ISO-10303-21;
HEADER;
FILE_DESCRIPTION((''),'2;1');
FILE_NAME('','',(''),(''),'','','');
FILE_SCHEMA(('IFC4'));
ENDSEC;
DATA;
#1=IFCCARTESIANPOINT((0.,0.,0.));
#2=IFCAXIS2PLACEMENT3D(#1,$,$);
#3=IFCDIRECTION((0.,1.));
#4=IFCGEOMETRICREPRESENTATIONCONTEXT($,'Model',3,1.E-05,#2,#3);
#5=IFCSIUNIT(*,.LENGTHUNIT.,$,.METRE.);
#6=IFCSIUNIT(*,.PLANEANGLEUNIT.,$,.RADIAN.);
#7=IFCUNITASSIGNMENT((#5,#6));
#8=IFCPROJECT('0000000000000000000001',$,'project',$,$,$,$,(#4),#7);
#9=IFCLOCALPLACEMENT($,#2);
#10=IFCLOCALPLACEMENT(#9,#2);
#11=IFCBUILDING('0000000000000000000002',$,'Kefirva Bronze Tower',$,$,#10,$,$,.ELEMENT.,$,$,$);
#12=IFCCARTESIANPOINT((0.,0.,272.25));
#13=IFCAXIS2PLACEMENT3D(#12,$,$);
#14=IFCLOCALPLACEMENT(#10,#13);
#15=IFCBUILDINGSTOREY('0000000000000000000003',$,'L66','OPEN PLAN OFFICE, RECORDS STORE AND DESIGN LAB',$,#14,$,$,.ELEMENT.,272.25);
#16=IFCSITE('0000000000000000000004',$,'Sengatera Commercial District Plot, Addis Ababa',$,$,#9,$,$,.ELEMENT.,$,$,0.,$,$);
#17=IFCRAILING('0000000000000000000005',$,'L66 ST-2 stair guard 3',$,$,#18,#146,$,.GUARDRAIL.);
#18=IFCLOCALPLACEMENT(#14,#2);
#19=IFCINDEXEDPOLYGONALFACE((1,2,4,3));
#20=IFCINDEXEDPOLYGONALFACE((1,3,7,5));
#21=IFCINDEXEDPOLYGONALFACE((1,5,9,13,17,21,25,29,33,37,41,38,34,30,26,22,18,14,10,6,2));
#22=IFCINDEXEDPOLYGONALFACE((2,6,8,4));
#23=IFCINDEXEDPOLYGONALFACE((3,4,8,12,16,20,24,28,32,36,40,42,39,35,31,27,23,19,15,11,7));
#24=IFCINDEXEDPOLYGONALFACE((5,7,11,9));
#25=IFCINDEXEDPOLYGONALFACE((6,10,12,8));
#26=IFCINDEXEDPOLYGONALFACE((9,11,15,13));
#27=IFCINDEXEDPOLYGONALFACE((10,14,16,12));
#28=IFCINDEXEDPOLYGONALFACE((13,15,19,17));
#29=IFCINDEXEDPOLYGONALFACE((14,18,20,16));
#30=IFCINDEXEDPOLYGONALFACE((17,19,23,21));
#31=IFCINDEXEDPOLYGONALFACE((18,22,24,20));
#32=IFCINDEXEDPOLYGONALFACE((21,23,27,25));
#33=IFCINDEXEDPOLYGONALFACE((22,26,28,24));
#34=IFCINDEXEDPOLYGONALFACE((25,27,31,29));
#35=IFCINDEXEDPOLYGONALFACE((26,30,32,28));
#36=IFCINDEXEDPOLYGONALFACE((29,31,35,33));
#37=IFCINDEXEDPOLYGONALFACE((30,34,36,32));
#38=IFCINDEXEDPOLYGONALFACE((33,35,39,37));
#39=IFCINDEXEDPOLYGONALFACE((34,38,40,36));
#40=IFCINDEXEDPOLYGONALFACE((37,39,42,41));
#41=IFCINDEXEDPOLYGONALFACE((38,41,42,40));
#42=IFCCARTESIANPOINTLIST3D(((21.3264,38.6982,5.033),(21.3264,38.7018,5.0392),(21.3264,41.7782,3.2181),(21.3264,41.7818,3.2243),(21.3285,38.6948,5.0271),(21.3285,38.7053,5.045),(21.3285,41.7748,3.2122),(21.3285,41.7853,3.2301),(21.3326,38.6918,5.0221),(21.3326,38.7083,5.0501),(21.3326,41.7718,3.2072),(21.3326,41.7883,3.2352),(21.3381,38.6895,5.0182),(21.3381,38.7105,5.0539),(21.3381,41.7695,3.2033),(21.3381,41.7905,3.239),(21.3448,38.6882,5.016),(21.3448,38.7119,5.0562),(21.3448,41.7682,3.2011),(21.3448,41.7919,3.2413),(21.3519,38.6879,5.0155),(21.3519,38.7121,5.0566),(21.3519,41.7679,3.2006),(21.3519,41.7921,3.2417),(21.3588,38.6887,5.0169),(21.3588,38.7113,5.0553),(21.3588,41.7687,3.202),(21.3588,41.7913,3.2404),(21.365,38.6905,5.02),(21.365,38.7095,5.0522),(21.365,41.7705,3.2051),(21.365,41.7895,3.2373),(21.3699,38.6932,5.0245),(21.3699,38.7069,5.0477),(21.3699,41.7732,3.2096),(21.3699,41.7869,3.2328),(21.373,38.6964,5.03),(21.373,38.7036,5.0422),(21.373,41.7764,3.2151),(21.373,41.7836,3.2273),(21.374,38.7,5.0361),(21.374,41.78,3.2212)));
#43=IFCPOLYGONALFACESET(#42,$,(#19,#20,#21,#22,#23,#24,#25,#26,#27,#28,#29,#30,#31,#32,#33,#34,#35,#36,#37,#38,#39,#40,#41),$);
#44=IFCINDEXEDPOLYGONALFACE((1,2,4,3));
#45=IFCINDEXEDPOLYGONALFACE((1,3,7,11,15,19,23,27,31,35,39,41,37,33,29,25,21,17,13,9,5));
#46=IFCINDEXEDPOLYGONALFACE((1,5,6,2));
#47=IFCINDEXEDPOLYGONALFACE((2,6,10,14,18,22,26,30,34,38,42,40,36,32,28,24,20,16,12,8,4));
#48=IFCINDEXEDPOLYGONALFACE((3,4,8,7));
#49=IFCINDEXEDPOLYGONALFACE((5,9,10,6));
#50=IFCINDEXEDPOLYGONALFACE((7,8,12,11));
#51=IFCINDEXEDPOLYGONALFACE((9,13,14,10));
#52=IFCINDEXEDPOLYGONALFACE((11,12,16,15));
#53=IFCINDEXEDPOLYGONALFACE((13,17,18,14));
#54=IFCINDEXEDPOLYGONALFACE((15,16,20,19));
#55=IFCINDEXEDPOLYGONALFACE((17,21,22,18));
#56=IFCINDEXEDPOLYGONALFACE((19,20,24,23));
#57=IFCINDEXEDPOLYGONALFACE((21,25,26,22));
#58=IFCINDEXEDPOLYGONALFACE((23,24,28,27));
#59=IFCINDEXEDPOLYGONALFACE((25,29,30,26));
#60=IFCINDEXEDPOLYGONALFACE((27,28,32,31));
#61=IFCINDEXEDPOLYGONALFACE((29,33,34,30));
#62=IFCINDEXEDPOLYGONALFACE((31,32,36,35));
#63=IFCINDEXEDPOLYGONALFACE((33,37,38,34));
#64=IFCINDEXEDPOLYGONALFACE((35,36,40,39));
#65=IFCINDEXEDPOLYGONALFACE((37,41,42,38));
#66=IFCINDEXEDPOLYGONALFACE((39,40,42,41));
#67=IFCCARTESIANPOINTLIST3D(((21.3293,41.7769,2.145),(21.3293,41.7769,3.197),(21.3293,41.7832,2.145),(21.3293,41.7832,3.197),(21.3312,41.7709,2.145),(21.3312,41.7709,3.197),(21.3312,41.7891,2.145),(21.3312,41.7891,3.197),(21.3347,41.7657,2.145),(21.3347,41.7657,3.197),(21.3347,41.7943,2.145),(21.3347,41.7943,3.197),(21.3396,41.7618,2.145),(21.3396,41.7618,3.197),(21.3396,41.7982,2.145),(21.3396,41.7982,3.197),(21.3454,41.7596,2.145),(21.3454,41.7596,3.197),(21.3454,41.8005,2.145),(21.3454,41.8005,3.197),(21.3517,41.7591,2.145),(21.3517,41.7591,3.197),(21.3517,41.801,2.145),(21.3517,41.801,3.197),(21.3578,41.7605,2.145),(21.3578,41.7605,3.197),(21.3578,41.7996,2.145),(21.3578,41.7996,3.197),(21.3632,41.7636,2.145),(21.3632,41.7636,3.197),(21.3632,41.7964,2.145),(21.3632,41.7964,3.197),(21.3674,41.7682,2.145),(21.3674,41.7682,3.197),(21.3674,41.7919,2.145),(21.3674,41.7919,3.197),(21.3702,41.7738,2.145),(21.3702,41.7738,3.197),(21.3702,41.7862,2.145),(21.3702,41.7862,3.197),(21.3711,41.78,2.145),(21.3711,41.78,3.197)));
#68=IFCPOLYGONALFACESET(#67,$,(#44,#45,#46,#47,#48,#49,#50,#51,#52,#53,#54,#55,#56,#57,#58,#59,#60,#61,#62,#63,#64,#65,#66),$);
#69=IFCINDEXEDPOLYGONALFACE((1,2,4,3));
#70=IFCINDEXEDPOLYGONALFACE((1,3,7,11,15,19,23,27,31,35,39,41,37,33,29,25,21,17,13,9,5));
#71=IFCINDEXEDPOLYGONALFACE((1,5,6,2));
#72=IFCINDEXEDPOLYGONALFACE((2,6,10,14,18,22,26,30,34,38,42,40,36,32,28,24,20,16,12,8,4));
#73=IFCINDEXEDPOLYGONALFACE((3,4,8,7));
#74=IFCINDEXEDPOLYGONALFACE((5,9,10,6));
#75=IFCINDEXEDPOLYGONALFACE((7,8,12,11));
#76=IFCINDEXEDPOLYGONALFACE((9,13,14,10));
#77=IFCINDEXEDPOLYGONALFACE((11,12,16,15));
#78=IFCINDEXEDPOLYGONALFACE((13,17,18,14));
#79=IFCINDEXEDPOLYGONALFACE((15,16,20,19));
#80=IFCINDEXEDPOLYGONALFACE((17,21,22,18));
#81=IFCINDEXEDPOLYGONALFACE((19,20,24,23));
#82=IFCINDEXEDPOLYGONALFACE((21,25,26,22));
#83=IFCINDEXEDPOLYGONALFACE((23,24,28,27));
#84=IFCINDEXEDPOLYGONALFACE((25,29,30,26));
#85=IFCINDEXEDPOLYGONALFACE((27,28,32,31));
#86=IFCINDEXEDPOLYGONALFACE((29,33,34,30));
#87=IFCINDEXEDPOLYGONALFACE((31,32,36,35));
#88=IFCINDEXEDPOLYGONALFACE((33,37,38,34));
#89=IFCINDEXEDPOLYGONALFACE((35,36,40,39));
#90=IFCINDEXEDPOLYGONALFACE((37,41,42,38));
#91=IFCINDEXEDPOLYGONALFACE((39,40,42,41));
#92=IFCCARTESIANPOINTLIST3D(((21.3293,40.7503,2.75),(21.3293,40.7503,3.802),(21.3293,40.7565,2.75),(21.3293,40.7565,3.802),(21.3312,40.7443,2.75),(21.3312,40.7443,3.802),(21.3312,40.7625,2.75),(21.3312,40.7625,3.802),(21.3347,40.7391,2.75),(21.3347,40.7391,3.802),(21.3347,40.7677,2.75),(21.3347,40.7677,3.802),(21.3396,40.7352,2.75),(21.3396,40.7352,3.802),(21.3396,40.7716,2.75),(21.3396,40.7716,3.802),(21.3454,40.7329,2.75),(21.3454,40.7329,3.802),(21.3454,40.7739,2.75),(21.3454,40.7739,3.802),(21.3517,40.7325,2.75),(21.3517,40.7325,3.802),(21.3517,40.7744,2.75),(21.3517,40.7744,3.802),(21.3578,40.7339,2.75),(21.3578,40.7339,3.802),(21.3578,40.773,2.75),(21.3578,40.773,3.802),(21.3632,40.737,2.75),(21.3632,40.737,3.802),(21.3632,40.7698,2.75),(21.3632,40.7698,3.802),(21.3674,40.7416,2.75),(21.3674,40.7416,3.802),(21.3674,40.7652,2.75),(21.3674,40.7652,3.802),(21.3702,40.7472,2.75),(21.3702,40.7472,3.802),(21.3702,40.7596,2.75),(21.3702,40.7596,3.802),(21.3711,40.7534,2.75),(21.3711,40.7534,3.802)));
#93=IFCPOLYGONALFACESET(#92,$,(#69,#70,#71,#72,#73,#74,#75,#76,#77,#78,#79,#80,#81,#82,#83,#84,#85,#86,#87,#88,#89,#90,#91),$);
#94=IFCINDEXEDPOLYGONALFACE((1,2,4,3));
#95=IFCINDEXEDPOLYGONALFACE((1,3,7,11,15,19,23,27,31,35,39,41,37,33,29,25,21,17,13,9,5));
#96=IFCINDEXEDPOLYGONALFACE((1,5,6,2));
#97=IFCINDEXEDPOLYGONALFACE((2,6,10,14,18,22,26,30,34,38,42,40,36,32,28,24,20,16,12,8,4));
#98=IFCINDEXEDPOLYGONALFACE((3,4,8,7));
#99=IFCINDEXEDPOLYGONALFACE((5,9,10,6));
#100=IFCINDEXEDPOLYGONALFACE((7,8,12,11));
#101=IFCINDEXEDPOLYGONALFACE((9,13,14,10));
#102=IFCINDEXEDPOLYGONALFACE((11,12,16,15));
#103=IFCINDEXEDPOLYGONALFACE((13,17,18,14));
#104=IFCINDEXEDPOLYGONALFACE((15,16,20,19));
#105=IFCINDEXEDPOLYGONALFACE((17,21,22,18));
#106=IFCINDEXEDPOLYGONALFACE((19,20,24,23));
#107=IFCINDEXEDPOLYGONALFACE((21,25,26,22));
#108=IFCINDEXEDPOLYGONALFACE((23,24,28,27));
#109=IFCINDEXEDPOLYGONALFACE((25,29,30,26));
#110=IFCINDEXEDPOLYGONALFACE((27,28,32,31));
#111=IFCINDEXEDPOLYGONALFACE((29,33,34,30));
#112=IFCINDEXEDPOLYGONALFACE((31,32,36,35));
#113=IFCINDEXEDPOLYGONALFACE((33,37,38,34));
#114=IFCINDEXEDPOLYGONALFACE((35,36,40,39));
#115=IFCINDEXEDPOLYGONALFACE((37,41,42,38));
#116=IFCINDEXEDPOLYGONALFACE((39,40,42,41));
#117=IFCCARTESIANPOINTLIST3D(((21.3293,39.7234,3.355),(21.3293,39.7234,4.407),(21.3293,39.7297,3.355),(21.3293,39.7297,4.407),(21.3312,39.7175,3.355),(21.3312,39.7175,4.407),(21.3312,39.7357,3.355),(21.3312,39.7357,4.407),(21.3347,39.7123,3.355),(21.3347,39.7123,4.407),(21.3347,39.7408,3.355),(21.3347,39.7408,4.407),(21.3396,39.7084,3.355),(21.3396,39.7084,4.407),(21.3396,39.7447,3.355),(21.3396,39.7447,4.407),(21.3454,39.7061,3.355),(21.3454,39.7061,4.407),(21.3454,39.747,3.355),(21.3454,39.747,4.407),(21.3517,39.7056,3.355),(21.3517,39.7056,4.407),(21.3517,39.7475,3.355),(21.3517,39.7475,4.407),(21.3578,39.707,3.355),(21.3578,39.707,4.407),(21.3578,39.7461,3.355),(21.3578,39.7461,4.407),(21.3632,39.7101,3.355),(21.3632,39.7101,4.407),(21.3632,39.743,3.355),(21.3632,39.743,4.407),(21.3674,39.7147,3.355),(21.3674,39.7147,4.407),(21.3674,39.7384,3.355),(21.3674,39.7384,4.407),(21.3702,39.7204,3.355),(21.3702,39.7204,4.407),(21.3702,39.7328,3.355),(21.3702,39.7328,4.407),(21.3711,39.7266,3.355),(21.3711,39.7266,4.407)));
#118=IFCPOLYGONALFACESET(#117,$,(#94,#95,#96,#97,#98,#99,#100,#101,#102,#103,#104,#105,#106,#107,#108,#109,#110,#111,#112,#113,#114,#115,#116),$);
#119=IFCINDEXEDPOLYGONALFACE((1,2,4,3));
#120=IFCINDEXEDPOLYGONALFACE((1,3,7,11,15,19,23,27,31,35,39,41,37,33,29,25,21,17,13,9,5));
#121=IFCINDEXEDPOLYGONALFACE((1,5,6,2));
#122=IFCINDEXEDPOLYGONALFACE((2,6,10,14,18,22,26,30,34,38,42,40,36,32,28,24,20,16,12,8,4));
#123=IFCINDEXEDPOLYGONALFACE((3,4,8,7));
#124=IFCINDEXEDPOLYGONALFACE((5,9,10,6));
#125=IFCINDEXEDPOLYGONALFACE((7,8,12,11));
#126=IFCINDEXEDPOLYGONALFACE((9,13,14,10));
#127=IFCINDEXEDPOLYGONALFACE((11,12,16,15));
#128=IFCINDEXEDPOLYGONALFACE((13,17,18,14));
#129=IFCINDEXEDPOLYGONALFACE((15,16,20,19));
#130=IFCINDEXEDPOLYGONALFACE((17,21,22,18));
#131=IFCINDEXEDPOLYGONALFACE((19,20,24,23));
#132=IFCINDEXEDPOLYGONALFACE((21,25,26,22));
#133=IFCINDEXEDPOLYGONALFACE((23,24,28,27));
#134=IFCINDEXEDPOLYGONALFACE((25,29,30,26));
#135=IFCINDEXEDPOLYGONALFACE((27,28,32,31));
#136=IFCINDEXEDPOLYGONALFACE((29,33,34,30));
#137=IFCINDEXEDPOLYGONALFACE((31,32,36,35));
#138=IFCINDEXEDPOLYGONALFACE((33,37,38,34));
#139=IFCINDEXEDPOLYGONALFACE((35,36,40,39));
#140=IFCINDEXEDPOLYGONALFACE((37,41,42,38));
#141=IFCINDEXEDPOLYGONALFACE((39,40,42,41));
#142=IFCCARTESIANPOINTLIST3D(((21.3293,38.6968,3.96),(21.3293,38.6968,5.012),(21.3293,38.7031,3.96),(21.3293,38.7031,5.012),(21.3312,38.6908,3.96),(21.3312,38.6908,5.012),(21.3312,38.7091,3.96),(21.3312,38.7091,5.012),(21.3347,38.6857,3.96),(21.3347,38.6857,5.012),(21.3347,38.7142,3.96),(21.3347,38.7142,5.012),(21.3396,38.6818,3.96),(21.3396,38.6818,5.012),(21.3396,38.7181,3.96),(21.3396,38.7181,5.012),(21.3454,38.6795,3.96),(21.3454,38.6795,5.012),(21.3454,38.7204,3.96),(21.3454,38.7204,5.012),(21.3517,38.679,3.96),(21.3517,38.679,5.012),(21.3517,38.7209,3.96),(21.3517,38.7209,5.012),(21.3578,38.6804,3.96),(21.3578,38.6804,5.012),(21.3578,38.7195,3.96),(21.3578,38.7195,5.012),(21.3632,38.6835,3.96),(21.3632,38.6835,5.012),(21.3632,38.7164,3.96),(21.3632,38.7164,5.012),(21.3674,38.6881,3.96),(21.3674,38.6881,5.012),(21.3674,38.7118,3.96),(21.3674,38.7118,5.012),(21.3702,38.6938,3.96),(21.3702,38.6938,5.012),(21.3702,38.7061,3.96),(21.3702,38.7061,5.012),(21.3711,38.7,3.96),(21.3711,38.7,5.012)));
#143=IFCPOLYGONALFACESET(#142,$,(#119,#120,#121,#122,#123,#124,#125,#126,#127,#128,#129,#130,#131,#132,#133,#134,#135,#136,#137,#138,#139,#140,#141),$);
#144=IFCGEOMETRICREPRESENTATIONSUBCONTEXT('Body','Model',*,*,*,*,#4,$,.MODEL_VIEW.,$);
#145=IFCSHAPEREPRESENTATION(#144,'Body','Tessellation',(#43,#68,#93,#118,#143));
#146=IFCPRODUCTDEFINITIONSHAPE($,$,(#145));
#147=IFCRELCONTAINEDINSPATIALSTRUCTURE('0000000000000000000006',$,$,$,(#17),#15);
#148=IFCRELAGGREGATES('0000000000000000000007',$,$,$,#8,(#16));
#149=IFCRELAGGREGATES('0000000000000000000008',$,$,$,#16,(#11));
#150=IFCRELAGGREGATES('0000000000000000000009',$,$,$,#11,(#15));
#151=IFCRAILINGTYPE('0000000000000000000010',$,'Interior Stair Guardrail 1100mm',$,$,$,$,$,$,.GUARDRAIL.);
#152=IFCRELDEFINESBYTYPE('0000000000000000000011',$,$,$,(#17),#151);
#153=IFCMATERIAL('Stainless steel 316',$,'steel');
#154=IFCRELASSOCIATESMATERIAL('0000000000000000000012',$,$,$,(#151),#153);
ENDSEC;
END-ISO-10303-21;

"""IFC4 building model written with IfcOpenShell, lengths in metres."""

from ifc_helpers import new_model, si_unit, direction, frame, origin, origin_2d, place, context, subcontext, project, spatial, circle, extrude, material, type_object, element, save


model = new_model("IFC4")

# Units and contexts
model_context = context("Model", 3, precision=1e-05, world=origin(), true_north=direction((0.0, 1.0)))
body_context = subcontext(model_context, "Body", "Model", "MODEL_VIEW")
ifc_project = project(units=[si_unit("LENGTHUNIT", "METRE"), si_unit("PLANEANGLEUNIT", "RADIAN")], contexts=[model_context])

# Site, building, storey
site_placement = place(None, origin())
site = spatial("IfcSite", under=ifc_project, at=site_placement, Name="Sengatera Commercial District Plot, Addis Ababa", CompositionType="ELEMENT", RefElevation=0.0)
building_placement = place(site_placement, origin())
building = spatial("IfcBuilding", under=site, at=building_placement, Name="Kefirva Bronze Tower", CompositionType="ELEMENT")
storey_placement = place(building_placement, frame((0.0, 0.0, 272.25)))
storey = spatial("IfcBuildingStorey", under=building, at=storey_placement, Name="L66", Description="OPEN PLAN OFFICE, RECORDS STORE AND DESIGN LAB", CompositionType="ELEMENT", Elevation=272.25)

# Railing
ifc_material_1 = material(Name="Stainless steel 316", Category="steel")
railing_type_1 = type_object("IfcRailingType", Name="Interior Stair Guardrail 1100mm", PredefinedType="GUARDRAIL", material=ifc_material_1)
railing_1_placement = place(storey_placement, frame((21.3501, 41.78, 2.145)))
element("IfcRailing", 1, at=railing_1_placement, inside=storey, type_object=railing_type_1, Name="L66 ST-2 stair guard 3", PredefinedType="GUARDRAIL", context=body_context, shape_type="SweptSolid", body=[
    extrude(circle(Radius=0.0239, at=origin_2d()), frame((0.0, 0.0, 1.0762), z_axis=(0.0, -0.861551, 0.507671), x_axis=(1.0, 0.0, 0.0)), (0.0, 0.0, 1.0), 3.575),
    extrude(circle(Radius=0.021, at=origin_2d()), origin(), (0.0, 0.0, 1.0), 1.052),
    extrude(circle(Radius=0.021, at=origin_2d()), frame((0.0, -1.0266, 0.605)), (0.0, 0.0, 1.0), 1.052),
    extrude(circle(Radius=0.021, at=origin_2d()), frame((0.0, -2.0535, 1.21)), (0.0, 0.0, 1.0), 1.052),
    extrude(circle(Radius=0.021, at=origin_2d()), frame((0.0, -3.0801, 1.8149)), (0.0, 0.0, 1.0), 1.052),
])

save(model, "model.ifc")
